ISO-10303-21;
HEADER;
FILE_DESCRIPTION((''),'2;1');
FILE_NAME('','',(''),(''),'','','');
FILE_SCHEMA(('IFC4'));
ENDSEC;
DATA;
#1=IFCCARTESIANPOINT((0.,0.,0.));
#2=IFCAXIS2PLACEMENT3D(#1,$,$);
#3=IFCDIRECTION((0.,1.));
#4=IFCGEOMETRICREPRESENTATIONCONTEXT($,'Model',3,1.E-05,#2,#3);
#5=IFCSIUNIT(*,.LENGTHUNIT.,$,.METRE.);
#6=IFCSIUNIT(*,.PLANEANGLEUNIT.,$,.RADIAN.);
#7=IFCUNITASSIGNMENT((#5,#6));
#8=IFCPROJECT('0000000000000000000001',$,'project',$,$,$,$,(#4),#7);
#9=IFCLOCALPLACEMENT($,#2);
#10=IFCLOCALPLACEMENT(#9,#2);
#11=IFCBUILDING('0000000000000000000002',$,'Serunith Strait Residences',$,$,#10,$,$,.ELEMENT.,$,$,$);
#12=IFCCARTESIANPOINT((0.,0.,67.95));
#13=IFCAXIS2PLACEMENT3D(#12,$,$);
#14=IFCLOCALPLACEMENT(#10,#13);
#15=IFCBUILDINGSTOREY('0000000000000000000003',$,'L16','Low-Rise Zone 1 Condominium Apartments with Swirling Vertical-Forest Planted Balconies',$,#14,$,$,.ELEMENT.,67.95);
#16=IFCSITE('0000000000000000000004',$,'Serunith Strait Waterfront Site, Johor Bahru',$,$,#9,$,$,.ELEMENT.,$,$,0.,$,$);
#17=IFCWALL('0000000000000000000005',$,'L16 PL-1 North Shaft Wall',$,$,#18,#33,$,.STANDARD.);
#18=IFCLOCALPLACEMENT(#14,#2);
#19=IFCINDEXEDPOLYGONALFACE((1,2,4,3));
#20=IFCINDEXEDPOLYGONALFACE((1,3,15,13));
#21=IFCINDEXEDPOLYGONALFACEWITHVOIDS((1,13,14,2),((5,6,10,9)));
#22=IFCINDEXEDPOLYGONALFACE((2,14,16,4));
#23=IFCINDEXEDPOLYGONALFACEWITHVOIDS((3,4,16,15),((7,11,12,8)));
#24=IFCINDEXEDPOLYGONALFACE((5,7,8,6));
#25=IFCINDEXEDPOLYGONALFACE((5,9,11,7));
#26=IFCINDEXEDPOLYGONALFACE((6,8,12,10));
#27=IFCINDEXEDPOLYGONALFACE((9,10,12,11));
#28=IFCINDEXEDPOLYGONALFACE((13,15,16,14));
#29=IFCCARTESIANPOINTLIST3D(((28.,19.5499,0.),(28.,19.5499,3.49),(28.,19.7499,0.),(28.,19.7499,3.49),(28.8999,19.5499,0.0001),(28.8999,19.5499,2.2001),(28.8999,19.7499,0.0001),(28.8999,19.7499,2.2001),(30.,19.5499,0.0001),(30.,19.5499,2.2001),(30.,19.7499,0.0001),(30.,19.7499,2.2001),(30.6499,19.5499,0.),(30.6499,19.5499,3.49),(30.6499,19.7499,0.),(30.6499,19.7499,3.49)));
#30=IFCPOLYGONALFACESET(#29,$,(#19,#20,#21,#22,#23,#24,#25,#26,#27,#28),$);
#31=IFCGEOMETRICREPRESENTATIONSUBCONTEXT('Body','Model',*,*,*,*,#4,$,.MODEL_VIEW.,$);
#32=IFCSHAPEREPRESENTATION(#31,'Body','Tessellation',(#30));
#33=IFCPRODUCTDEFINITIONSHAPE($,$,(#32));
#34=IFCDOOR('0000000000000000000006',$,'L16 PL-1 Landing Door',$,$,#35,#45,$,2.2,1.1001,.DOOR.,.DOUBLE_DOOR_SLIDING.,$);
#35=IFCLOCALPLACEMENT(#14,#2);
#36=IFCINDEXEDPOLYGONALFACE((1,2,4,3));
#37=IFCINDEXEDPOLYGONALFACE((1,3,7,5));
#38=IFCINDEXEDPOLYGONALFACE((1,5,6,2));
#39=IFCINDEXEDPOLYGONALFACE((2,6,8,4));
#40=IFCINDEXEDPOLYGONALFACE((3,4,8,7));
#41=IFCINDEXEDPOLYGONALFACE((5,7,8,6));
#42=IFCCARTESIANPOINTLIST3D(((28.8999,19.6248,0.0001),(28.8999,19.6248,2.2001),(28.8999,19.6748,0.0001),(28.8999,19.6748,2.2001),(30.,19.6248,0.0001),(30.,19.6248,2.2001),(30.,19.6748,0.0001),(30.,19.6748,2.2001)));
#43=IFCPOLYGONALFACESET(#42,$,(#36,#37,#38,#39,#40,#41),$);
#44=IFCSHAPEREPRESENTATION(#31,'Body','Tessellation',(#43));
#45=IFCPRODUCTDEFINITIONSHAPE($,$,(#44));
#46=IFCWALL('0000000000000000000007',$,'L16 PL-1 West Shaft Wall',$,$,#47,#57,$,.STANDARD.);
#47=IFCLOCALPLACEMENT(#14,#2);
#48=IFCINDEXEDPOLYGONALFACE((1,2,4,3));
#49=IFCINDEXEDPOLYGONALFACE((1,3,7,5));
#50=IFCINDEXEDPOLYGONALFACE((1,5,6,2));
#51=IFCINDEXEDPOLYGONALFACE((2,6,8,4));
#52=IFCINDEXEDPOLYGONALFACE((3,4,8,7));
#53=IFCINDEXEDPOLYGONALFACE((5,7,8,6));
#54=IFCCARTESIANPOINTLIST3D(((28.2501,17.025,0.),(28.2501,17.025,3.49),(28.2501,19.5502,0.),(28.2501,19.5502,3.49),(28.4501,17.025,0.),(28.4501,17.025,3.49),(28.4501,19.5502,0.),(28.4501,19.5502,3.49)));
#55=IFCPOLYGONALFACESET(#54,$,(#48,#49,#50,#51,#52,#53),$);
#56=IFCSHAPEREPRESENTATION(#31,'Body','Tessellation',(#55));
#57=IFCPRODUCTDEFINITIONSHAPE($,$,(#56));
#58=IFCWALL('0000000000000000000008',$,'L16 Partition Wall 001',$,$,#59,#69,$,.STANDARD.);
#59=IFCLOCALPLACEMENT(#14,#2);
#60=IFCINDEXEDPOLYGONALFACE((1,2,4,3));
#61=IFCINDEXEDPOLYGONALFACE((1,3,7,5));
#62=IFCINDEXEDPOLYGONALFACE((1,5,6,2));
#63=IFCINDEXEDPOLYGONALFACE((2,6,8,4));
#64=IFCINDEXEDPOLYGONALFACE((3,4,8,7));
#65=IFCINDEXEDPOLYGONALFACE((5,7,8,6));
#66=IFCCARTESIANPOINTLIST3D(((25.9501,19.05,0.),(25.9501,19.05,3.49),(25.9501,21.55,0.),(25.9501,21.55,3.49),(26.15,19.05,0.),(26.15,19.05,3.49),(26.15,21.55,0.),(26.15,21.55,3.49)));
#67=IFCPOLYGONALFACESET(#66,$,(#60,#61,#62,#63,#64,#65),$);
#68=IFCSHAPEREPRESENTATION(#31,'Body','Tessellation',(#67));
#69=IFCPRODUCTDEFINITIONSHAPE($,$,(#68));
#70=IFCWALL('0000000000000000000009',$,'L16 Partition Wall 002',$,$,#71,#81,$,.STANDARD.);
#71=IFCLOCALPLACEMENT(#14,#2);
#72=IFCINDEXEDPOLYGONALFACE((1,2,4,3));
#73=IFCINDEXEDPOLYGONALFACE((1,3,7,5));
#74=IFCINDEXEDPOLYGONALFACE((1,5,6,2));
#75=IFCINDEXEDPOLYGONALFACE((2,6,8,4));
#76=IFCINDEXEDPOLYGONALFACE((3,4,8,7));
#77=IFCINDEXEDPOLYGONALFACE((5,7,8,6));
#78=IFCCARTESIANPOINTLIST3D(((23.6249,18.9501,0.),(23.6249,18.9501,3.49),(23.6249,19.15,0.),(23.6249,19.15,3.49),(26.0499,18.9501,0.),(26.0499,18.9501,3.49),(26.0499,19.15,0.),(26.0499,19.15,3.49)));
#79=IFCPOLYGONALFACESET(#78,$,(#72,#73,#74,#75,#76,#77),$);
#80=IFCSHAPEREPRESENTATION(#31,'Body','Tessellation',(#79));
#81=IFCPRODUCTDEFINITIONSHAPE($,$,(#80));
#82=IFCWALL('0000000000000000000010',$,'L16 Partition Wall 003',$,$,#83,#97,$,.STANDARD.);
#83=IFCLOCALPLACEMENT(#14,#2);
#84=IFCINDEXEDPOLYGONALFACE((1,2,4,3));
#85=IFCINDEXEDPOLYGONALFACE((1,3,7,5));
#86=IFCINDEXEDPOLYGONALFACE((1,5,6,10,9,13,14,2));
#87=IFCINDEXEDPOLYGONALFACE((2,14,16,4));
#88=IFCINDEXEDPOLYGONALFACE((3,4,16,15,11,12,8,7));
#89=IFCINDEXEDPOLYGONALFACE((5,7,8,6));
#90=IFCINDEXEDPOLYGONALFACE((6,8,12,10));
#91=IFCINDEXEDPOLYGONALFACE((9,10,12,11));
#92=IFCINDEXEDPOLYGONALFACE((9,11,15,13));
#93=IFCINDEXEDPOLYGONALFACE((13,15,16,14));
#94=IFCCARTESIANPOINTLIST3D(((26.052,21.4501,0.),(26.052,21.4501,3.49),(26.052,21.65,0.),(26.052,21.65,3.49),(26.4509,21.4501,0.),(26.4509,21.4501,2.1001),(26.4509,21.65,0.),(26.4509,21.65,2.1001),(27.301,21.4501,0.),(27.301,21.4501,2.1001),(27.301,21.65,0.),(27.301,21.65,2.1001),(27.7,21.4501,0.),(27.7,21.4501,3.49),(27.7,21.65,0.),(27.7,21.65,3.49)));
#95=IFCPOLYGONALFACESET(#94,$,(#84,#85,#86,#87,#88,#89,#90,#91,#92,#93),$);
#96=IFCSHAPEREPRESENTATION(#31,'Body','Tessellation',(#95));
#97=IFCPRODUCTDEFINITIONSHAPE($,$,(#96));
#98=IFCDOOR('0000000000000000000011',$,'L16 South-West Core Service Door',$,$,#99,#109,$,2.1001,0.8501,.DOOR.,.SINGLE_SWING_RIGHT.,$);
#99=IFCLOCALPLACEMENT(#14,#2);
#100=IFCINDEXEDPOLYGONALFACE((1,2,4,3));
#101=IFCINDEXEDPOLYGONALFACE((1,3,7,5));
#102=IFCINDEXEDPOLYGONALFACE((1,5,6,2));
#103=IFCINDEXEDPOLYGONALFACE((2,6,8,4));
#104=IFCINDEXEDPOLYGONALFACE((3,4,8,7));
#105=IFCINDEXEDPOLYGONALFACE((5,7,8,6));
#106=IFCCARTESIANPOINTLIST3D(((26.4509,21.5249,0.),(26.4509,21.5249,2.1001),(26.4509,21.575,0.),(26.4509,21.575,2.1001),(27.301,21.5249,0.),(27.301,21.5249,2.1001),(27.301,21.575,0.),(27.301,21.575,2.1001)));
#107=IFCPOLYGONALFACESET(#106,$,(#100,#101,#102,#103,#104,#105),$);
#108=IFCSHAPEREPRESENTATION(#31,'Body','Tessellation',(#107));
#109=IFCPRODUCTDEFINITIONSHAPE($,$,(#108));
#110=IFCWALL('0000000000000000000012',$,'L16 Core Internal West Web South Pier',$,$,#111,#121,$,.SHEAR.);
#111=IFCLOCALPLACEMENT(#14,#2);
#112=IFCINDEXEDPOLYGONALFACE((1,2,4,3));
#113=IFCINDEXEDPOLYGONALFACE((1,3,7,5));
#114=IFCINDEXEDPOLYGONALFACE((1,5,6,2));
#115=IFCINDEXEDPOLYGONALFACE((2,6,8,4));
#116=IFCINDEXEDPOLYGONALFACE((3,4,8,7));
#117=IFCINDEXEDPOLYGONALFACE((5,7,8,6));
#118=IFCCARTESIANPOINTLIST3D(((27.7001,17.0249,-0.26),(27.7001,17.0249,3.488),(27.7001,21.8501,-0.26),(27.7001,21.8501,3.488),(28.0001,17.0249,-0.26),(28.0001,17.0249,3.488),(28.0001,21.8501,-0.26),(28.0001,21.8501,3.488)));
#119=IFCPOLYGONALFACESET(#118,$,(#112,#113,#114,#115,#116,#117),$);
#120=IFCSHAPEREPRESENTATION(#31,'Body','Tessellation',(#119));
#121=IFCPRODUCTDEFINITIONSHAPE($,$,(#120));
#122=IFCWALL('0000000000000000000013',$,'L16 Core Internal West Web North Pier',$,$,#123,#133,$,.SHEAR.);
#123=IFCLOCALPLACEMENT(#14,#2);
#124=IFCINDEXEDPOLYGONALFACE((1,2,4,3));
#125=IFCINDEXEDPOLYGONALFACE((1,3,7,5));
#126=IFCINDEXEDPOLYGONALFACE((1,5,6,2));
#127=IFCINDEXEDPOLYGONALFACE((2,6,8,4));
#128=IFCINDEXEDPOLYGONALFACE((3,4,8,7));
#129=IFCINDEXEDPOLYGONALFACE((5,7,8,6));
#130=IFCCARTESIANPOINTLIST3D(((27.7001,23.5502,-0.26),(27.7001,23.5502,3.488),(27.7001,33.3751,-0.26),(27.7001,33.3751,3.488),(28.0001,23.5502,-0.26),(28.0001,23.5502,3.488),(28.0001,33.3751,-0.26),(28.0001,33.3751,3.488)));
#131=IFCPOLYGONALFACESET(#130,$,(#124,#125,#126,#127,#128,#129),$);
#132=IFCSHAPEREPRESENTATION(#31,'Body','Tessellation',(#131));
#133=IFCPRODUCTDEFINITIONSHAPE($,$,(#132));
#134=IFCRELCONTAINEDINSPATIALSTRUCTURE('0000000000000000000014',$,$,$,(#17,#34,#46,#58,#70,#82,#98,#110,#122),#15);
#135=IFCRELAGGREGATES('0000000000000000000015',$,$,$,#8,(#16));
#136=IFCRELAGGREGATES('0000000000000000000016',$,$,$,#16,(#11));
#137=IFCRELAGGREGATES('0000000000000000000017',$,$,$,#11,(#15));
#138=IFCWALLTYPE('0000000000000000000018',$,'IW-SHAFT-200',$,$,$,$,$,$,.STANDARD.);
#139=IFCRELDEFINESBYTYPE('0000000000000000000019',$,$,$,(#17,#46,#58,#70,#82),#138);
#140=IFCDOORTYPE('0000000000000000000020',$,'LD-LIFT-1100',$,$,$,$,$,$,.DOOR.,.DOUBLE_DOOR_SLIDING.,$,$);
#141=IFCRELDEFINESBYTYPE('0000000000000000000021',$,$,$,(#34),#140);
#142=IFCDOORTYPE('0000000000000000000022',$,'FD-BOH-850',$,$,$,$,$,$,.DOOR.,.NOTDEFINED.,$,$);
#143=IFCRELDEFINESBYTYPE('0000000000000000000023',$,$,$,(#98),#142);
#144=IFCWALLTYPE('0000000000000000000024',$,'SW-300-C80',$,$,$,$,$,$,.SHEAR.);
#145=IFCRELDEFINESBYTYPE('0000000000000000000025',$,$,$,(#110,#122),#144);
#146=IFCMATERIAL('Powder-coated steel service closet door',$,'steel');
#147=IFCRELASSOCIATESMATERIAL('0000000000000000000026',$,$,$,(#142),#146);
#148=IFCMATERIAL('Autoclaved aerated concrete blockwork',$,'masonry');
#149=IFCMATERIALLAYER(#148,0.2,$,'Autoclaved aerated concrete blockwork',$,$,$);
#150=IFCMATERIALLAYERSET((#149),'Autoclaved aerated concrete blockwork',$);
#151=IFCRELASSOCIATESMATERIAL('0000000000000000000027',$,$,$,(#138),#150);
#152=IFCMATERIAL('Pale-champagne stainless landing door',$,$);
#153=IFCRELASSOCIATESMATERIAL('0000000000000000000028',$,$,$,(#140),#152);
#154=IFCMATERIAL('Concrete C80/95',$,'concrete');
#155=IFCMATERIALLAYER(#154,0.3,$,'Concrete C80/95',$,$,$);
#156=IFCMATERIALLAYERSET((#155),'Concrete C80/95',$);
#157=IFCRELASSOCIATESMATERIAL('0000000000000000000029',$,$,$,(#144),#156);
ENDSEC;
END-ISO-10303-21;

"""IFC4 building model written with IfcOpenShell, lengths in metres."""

from ifc_helpers import new_model, si_unit, direction, frame, frame_2d, origin, place, context, subcontext, project, spatial, rectangle, extrude, source, transform, mapped, material, layer, layer_set, type_object, element, fill, save


model = new_model("IFC4")

# Units and contexts
model_context = context("Model", 3, precision=1e-05, world=origin(), true_north=direction((0.0, 1.0)))
body_context = subcontext(model_context, "Body", "Model", "MODEL_VIEW")
ifc_project = project(units=[si_unit("LENGTHUNIT", "METRE"), si_unit("PLANEANGLEUNIT", "RADIAN")], contexts=[model_context])

# Site, building, storey
site_placement = place(None, origin())
site = spatial("IfcSite", under=ifc_project, at=site_placement, Name="Serunith Strait Waterfront Site, Johor Bahru", CompositionType="ELEMENT", RefElevation=0.0)
building_placement = place(site_placement, origin())
building = spatial("IfcBuilding", under=site, at=building_placement, Name="Serunith Strait Residences", CompositionType="ELEMENT")
storey_placement = place(building_placement, frame((0.0, 0.0, 67.95)))
storey = spatial("IfcBuildingStorey", under=building, at=storey_placement, Name="L16", Description="Low-Rise Zone 1 Condominium Apartments with Swirling Vertical-Forest Planted Balconies", CompositionType="ELEMENT", Elevation=67.95)

# Wall, opening, door
ifc_material_1 = material(Name="Powder-coated steel service closet door", Category="steel")
door_type_1 = type_object("IfcDoorType", Name="FD-BOH-850", OperationType="NOTDEFINED", PredefinedType="DOOR", material=ifc_material_1)
shared_shape_1 = source(origin(), body_context, "Body", "SweptSolid", [
    extrude(rectangle(XDim=0.8501, YDim=2.1001, at=frame_2d((0.425, 1.05))), frame((0.0, 0.0249, 0.0), z_axis=(0.0, -1.0, 0.0), x_axis=(1.0, 0.0, 0.0)), (0.0, 0.0, 1.0), 0.05),
])
ifc_material_2 = material(Name="Autoclaved aerated concrete blockwork", Category="masonry")
ifc_layer_1 = layer(ifc_material_2, 0.2, Name="Autoclaved aerated concrete blockwork")
ifc_layer_set_1 = layer_set([ifc_layer_1], Name="Autoclaved aerated concrete blockwork")
wall_type_1 = type_object("IfcWallType", Name="IW-SHAFT-200", PredefinedType="STANDARD", material=ifc_layer_set_1)
wall_1_placement = place(storey_placement, frame((28.0, 19.6499, 0.0), z_axis=(0.0, 0.0, 1.0), x_axis=(1.0, 0.0, 0.0)))
wall_1 = element("IfcWall", 1, at=wall_1_placement, inside=storey, type_object=wall_type_1, Name="L16 PL-1 North Shaft Wall", PredefinedType="STANDARD", context=body_context, shape_type="SweptSolid", body=[
    extrude(rectangle(XDim=2.6499, YDim=0.2, at=frame_2d((1.325, 0.0))), origin(), (0.0, 0.0, 1.0), 3.49),
])
opening_1_placement = place(wall_1_placement, frame((0.8999, 0.0, 0.0)))
opening_1 = element("IfcOpeningElement", 2, at=opening_1_placement, cuts=wall_1, PredefinedType="OPENING", context=body_context, shape_type="SweptSolid", body=[
    extrude(rectangle(XDim=1.1001, YDim=2.2, at=frame_2d((0.55, 1.1001))), frame((0.0, 0.1099, 0.0), z_axis=(0.0, -1.0, 0.0), x_axis=(1.0, 0.0, 0.0)), (0.0, 0.0, 1.0), 0.22),
])
ifc_material_3 = material(Name="Pale-champagne stainless landing door")
door_type_2 = type_object("IfcDoorType", Name="LD-LIFT-1100", OperationType="DOUBLE_DOOR_SLIDING", PredefinedType="DOOR", material=ifc_material_3)
shared_shape_2 = source(origin(), body_context, "Body", "SweptSolid", [
    extrude(rectangle(XDim=1.1001, YDim=2.2, at=frame_2d((0.55, 1.1001))), frame((0.0, 0.0249, 0.0), z_axis=(0.0, -1.0, 0.0), x_axis=(1.0, 0.0, 0.0)), (0.0, 0.0, 1.0), 0.05),
])
door_1_placement = place(opening_1_placement, origin())
door_1 = element("IfcDoor", 3, at=door_1_placement, inside=storey, type_object=door_type_2, Name="L16 PL-1 Landing Door", OperationType="DOUBLE_DOOR_SLIDING", OverallHeight=2.2, OverallWidth=1.1001, PredefinedType="DOOR", context=body_context, shape_type="MappedRepresentation", body=[
    mapped(shared_shape_2, transform((0.0, 0.0, 0.0), scale=1.0)),
])
fill(opening_1, door_1)

# Walls
wall_2_placement = place(storey_placement, frame((28.3501, 17.0249, 0.0), z_axis=(0.0, 0.0, 1.0), x_axis=(0.0, 1.0, 0.0)))
element("IfcWall", 4, at=wall_2_placement, inside=storey, type_object=wall_type_1, Name="L16 PL-1 West Shaft Wall", PredefinedType="STANDARD", context=body_context, shape_type="SweptSolid", body=[
    extrude(rectangle(XDim=2.5251, YDim=0.2, at=frame_2d((1.2627, 0.0))), origin(), (0.0, 0.0, 1.0), 3.49),
])
wall_3_placement = place(storey_placement, frame((26.05, 19.05, 0.0), z_axis=(0.0, 0.0, 1.0), x_axis=(0.0, 1.0, 0.0)))
element("IfcWall", 5, at=wall_3_placement, inside=storey, type_object=wall_type_1, Name="L16 Partition Wall 001", PredefinedType="STANDARD", context=body_context, shape_type="SweptSolid", body=[
    extrude(rectangle(XDim=2.5, YDim=0.2, at=frame_2d((1.25, 0.0))), origin(), (0.0, 0.0, 1.0), 3.49),
])
wall_4_placement = place(storey_placement, frame((23.625, 19.05, 0.0), z_axis=(0.0, 0.0, 1.0), x_axis=(1.0, 0.0, 0.0)))
element("IfcWall", 6, at=wall_4_placement, inside=storey, type_object=wall_type_1, Name="L16 Partition Wall 002", PredefinedType="STANDARD", context=body_context, shape_type="SweptSolid", body=[
    extrude(rectangle(XDim=2.425, YDim=0.2, at=frame_2d((1.2124, 0.0))), origin(), (0.0, 0.0, 1.0), 3.49),
])

# Wall, opening, door
wall_5_placement = place(storey_placement, frame((26.052, 21.55, 0.0), z_axis=(0.0, 0.0, 1.0), x_axis=(1.0, 0.0, 0.0)))
wall_5 = element("IfcWall", 7, at=wall_5_placement, inside=storey, type_object=wall_type_1, Name="L16 Partition Wall 003", PredefinedType="STANDARD", context=body_context, shape_type="SweptSolid", body=[
    extrude(rectangle(XDim=1.6479, YDim=0.2, at=frame_2d((0.824, 0.0))), origin(), (0.0, 0.0, 1.0), 3.49),
])
opening_2_placement = place(wall_5_placement, frame((0.3989, 0.0, 0.0)))
opening_2 = element("IfcOpeningElement", 8, at=opening_2_placement, cuts=wall_5, PredefinedType="OPENING", context=body_context, shape_type="SweptSolid", body=[
    extrude(rectangle(XDim=0.8501, YDim=2.1001, at=frame_2d((0.425, 1.05))), frame((0.0, 0.1099, 0.0), z_axis=(0.0, -1.0, 0.0), x_axis=(1.0, 0.0, 0.0)), (0.0, 0.0, 1.0), 0.22),
])
door_2_placement = place(opening_2_placement, origin())
door_2 = element("IfcDoor", 9, at=door_2_placement, inside=storey, type_object=door_type_1, Name="L16 South-West Core Service Door", OperationType="SINGLE_SWING_RIGHT", OverallHeight=2.1001, OverallWidth=0.8501, PredefinedType="DOOR", context=body_context, shape_type="MappedRepresentation", body=[
    mapped(shared_shape_1, transform((0.0, 0.0, 0.0), scale=1.0)),
])
fill(opening_2, door_2)

# Walls
ifc_material_4 = material(Name="Concrete C80/95", Category="concrete")
ifc_layer_2 = layer(ifc_material_4, 0.3, Name="Concrete C80/95")
ifc_layer_set_2 = layer_set([ifc_layer_2], Name="Concrete C80/95")
wall_type_2 = type_object("IfcWallType", Name="SW-300-C80", PredefinedType="SHEAR", material=ifc_layer_set_2)
wall_6_placement = place(storey_placement, frame((27.8501, 17.0249, -0.26), z_axis=(0.0, 0.0, 1.0), x_axis=(0.0, 1.0, 0.0)))
element("IfcWall", 10, at=wall_6_placement, inside=storey, type_object=wall_type_2, Name="L16 Core Internal West Web South Pier", PredefinedType="SHEAR", context=body_context, shape_type="SweptSolid", body=[
    extrude(rectangle(XDim=4.8252, YDim=0.3, at=frame_2d((2.4126, 0.0))), origin(), (0.0, 0.0, 1.0), 3.748),
])
wall_7_placement = place(storey_placement, frame((27.8501, 23.55, -0.26), z_axis=(0.0, 0.0, 1.0), x_axis=(0.0, 1.0, 0.0)))
element("IfcWall", 11, at=wall_7_placement, inside=storey, type_object=wall_type_2, Name="L16 Core Internal West Web North Pier", PredefinedType="SHEAR", context=body_context, shape_type="SweptSolid", body=[
    extrude(rectangle(XDim=9.825, YDim=0.3, at=frame_2d((4.9126, 0.0))), origin(), (0.0, 0.0, 1.0), 3.748),
])

save(model, "model.ifc")
